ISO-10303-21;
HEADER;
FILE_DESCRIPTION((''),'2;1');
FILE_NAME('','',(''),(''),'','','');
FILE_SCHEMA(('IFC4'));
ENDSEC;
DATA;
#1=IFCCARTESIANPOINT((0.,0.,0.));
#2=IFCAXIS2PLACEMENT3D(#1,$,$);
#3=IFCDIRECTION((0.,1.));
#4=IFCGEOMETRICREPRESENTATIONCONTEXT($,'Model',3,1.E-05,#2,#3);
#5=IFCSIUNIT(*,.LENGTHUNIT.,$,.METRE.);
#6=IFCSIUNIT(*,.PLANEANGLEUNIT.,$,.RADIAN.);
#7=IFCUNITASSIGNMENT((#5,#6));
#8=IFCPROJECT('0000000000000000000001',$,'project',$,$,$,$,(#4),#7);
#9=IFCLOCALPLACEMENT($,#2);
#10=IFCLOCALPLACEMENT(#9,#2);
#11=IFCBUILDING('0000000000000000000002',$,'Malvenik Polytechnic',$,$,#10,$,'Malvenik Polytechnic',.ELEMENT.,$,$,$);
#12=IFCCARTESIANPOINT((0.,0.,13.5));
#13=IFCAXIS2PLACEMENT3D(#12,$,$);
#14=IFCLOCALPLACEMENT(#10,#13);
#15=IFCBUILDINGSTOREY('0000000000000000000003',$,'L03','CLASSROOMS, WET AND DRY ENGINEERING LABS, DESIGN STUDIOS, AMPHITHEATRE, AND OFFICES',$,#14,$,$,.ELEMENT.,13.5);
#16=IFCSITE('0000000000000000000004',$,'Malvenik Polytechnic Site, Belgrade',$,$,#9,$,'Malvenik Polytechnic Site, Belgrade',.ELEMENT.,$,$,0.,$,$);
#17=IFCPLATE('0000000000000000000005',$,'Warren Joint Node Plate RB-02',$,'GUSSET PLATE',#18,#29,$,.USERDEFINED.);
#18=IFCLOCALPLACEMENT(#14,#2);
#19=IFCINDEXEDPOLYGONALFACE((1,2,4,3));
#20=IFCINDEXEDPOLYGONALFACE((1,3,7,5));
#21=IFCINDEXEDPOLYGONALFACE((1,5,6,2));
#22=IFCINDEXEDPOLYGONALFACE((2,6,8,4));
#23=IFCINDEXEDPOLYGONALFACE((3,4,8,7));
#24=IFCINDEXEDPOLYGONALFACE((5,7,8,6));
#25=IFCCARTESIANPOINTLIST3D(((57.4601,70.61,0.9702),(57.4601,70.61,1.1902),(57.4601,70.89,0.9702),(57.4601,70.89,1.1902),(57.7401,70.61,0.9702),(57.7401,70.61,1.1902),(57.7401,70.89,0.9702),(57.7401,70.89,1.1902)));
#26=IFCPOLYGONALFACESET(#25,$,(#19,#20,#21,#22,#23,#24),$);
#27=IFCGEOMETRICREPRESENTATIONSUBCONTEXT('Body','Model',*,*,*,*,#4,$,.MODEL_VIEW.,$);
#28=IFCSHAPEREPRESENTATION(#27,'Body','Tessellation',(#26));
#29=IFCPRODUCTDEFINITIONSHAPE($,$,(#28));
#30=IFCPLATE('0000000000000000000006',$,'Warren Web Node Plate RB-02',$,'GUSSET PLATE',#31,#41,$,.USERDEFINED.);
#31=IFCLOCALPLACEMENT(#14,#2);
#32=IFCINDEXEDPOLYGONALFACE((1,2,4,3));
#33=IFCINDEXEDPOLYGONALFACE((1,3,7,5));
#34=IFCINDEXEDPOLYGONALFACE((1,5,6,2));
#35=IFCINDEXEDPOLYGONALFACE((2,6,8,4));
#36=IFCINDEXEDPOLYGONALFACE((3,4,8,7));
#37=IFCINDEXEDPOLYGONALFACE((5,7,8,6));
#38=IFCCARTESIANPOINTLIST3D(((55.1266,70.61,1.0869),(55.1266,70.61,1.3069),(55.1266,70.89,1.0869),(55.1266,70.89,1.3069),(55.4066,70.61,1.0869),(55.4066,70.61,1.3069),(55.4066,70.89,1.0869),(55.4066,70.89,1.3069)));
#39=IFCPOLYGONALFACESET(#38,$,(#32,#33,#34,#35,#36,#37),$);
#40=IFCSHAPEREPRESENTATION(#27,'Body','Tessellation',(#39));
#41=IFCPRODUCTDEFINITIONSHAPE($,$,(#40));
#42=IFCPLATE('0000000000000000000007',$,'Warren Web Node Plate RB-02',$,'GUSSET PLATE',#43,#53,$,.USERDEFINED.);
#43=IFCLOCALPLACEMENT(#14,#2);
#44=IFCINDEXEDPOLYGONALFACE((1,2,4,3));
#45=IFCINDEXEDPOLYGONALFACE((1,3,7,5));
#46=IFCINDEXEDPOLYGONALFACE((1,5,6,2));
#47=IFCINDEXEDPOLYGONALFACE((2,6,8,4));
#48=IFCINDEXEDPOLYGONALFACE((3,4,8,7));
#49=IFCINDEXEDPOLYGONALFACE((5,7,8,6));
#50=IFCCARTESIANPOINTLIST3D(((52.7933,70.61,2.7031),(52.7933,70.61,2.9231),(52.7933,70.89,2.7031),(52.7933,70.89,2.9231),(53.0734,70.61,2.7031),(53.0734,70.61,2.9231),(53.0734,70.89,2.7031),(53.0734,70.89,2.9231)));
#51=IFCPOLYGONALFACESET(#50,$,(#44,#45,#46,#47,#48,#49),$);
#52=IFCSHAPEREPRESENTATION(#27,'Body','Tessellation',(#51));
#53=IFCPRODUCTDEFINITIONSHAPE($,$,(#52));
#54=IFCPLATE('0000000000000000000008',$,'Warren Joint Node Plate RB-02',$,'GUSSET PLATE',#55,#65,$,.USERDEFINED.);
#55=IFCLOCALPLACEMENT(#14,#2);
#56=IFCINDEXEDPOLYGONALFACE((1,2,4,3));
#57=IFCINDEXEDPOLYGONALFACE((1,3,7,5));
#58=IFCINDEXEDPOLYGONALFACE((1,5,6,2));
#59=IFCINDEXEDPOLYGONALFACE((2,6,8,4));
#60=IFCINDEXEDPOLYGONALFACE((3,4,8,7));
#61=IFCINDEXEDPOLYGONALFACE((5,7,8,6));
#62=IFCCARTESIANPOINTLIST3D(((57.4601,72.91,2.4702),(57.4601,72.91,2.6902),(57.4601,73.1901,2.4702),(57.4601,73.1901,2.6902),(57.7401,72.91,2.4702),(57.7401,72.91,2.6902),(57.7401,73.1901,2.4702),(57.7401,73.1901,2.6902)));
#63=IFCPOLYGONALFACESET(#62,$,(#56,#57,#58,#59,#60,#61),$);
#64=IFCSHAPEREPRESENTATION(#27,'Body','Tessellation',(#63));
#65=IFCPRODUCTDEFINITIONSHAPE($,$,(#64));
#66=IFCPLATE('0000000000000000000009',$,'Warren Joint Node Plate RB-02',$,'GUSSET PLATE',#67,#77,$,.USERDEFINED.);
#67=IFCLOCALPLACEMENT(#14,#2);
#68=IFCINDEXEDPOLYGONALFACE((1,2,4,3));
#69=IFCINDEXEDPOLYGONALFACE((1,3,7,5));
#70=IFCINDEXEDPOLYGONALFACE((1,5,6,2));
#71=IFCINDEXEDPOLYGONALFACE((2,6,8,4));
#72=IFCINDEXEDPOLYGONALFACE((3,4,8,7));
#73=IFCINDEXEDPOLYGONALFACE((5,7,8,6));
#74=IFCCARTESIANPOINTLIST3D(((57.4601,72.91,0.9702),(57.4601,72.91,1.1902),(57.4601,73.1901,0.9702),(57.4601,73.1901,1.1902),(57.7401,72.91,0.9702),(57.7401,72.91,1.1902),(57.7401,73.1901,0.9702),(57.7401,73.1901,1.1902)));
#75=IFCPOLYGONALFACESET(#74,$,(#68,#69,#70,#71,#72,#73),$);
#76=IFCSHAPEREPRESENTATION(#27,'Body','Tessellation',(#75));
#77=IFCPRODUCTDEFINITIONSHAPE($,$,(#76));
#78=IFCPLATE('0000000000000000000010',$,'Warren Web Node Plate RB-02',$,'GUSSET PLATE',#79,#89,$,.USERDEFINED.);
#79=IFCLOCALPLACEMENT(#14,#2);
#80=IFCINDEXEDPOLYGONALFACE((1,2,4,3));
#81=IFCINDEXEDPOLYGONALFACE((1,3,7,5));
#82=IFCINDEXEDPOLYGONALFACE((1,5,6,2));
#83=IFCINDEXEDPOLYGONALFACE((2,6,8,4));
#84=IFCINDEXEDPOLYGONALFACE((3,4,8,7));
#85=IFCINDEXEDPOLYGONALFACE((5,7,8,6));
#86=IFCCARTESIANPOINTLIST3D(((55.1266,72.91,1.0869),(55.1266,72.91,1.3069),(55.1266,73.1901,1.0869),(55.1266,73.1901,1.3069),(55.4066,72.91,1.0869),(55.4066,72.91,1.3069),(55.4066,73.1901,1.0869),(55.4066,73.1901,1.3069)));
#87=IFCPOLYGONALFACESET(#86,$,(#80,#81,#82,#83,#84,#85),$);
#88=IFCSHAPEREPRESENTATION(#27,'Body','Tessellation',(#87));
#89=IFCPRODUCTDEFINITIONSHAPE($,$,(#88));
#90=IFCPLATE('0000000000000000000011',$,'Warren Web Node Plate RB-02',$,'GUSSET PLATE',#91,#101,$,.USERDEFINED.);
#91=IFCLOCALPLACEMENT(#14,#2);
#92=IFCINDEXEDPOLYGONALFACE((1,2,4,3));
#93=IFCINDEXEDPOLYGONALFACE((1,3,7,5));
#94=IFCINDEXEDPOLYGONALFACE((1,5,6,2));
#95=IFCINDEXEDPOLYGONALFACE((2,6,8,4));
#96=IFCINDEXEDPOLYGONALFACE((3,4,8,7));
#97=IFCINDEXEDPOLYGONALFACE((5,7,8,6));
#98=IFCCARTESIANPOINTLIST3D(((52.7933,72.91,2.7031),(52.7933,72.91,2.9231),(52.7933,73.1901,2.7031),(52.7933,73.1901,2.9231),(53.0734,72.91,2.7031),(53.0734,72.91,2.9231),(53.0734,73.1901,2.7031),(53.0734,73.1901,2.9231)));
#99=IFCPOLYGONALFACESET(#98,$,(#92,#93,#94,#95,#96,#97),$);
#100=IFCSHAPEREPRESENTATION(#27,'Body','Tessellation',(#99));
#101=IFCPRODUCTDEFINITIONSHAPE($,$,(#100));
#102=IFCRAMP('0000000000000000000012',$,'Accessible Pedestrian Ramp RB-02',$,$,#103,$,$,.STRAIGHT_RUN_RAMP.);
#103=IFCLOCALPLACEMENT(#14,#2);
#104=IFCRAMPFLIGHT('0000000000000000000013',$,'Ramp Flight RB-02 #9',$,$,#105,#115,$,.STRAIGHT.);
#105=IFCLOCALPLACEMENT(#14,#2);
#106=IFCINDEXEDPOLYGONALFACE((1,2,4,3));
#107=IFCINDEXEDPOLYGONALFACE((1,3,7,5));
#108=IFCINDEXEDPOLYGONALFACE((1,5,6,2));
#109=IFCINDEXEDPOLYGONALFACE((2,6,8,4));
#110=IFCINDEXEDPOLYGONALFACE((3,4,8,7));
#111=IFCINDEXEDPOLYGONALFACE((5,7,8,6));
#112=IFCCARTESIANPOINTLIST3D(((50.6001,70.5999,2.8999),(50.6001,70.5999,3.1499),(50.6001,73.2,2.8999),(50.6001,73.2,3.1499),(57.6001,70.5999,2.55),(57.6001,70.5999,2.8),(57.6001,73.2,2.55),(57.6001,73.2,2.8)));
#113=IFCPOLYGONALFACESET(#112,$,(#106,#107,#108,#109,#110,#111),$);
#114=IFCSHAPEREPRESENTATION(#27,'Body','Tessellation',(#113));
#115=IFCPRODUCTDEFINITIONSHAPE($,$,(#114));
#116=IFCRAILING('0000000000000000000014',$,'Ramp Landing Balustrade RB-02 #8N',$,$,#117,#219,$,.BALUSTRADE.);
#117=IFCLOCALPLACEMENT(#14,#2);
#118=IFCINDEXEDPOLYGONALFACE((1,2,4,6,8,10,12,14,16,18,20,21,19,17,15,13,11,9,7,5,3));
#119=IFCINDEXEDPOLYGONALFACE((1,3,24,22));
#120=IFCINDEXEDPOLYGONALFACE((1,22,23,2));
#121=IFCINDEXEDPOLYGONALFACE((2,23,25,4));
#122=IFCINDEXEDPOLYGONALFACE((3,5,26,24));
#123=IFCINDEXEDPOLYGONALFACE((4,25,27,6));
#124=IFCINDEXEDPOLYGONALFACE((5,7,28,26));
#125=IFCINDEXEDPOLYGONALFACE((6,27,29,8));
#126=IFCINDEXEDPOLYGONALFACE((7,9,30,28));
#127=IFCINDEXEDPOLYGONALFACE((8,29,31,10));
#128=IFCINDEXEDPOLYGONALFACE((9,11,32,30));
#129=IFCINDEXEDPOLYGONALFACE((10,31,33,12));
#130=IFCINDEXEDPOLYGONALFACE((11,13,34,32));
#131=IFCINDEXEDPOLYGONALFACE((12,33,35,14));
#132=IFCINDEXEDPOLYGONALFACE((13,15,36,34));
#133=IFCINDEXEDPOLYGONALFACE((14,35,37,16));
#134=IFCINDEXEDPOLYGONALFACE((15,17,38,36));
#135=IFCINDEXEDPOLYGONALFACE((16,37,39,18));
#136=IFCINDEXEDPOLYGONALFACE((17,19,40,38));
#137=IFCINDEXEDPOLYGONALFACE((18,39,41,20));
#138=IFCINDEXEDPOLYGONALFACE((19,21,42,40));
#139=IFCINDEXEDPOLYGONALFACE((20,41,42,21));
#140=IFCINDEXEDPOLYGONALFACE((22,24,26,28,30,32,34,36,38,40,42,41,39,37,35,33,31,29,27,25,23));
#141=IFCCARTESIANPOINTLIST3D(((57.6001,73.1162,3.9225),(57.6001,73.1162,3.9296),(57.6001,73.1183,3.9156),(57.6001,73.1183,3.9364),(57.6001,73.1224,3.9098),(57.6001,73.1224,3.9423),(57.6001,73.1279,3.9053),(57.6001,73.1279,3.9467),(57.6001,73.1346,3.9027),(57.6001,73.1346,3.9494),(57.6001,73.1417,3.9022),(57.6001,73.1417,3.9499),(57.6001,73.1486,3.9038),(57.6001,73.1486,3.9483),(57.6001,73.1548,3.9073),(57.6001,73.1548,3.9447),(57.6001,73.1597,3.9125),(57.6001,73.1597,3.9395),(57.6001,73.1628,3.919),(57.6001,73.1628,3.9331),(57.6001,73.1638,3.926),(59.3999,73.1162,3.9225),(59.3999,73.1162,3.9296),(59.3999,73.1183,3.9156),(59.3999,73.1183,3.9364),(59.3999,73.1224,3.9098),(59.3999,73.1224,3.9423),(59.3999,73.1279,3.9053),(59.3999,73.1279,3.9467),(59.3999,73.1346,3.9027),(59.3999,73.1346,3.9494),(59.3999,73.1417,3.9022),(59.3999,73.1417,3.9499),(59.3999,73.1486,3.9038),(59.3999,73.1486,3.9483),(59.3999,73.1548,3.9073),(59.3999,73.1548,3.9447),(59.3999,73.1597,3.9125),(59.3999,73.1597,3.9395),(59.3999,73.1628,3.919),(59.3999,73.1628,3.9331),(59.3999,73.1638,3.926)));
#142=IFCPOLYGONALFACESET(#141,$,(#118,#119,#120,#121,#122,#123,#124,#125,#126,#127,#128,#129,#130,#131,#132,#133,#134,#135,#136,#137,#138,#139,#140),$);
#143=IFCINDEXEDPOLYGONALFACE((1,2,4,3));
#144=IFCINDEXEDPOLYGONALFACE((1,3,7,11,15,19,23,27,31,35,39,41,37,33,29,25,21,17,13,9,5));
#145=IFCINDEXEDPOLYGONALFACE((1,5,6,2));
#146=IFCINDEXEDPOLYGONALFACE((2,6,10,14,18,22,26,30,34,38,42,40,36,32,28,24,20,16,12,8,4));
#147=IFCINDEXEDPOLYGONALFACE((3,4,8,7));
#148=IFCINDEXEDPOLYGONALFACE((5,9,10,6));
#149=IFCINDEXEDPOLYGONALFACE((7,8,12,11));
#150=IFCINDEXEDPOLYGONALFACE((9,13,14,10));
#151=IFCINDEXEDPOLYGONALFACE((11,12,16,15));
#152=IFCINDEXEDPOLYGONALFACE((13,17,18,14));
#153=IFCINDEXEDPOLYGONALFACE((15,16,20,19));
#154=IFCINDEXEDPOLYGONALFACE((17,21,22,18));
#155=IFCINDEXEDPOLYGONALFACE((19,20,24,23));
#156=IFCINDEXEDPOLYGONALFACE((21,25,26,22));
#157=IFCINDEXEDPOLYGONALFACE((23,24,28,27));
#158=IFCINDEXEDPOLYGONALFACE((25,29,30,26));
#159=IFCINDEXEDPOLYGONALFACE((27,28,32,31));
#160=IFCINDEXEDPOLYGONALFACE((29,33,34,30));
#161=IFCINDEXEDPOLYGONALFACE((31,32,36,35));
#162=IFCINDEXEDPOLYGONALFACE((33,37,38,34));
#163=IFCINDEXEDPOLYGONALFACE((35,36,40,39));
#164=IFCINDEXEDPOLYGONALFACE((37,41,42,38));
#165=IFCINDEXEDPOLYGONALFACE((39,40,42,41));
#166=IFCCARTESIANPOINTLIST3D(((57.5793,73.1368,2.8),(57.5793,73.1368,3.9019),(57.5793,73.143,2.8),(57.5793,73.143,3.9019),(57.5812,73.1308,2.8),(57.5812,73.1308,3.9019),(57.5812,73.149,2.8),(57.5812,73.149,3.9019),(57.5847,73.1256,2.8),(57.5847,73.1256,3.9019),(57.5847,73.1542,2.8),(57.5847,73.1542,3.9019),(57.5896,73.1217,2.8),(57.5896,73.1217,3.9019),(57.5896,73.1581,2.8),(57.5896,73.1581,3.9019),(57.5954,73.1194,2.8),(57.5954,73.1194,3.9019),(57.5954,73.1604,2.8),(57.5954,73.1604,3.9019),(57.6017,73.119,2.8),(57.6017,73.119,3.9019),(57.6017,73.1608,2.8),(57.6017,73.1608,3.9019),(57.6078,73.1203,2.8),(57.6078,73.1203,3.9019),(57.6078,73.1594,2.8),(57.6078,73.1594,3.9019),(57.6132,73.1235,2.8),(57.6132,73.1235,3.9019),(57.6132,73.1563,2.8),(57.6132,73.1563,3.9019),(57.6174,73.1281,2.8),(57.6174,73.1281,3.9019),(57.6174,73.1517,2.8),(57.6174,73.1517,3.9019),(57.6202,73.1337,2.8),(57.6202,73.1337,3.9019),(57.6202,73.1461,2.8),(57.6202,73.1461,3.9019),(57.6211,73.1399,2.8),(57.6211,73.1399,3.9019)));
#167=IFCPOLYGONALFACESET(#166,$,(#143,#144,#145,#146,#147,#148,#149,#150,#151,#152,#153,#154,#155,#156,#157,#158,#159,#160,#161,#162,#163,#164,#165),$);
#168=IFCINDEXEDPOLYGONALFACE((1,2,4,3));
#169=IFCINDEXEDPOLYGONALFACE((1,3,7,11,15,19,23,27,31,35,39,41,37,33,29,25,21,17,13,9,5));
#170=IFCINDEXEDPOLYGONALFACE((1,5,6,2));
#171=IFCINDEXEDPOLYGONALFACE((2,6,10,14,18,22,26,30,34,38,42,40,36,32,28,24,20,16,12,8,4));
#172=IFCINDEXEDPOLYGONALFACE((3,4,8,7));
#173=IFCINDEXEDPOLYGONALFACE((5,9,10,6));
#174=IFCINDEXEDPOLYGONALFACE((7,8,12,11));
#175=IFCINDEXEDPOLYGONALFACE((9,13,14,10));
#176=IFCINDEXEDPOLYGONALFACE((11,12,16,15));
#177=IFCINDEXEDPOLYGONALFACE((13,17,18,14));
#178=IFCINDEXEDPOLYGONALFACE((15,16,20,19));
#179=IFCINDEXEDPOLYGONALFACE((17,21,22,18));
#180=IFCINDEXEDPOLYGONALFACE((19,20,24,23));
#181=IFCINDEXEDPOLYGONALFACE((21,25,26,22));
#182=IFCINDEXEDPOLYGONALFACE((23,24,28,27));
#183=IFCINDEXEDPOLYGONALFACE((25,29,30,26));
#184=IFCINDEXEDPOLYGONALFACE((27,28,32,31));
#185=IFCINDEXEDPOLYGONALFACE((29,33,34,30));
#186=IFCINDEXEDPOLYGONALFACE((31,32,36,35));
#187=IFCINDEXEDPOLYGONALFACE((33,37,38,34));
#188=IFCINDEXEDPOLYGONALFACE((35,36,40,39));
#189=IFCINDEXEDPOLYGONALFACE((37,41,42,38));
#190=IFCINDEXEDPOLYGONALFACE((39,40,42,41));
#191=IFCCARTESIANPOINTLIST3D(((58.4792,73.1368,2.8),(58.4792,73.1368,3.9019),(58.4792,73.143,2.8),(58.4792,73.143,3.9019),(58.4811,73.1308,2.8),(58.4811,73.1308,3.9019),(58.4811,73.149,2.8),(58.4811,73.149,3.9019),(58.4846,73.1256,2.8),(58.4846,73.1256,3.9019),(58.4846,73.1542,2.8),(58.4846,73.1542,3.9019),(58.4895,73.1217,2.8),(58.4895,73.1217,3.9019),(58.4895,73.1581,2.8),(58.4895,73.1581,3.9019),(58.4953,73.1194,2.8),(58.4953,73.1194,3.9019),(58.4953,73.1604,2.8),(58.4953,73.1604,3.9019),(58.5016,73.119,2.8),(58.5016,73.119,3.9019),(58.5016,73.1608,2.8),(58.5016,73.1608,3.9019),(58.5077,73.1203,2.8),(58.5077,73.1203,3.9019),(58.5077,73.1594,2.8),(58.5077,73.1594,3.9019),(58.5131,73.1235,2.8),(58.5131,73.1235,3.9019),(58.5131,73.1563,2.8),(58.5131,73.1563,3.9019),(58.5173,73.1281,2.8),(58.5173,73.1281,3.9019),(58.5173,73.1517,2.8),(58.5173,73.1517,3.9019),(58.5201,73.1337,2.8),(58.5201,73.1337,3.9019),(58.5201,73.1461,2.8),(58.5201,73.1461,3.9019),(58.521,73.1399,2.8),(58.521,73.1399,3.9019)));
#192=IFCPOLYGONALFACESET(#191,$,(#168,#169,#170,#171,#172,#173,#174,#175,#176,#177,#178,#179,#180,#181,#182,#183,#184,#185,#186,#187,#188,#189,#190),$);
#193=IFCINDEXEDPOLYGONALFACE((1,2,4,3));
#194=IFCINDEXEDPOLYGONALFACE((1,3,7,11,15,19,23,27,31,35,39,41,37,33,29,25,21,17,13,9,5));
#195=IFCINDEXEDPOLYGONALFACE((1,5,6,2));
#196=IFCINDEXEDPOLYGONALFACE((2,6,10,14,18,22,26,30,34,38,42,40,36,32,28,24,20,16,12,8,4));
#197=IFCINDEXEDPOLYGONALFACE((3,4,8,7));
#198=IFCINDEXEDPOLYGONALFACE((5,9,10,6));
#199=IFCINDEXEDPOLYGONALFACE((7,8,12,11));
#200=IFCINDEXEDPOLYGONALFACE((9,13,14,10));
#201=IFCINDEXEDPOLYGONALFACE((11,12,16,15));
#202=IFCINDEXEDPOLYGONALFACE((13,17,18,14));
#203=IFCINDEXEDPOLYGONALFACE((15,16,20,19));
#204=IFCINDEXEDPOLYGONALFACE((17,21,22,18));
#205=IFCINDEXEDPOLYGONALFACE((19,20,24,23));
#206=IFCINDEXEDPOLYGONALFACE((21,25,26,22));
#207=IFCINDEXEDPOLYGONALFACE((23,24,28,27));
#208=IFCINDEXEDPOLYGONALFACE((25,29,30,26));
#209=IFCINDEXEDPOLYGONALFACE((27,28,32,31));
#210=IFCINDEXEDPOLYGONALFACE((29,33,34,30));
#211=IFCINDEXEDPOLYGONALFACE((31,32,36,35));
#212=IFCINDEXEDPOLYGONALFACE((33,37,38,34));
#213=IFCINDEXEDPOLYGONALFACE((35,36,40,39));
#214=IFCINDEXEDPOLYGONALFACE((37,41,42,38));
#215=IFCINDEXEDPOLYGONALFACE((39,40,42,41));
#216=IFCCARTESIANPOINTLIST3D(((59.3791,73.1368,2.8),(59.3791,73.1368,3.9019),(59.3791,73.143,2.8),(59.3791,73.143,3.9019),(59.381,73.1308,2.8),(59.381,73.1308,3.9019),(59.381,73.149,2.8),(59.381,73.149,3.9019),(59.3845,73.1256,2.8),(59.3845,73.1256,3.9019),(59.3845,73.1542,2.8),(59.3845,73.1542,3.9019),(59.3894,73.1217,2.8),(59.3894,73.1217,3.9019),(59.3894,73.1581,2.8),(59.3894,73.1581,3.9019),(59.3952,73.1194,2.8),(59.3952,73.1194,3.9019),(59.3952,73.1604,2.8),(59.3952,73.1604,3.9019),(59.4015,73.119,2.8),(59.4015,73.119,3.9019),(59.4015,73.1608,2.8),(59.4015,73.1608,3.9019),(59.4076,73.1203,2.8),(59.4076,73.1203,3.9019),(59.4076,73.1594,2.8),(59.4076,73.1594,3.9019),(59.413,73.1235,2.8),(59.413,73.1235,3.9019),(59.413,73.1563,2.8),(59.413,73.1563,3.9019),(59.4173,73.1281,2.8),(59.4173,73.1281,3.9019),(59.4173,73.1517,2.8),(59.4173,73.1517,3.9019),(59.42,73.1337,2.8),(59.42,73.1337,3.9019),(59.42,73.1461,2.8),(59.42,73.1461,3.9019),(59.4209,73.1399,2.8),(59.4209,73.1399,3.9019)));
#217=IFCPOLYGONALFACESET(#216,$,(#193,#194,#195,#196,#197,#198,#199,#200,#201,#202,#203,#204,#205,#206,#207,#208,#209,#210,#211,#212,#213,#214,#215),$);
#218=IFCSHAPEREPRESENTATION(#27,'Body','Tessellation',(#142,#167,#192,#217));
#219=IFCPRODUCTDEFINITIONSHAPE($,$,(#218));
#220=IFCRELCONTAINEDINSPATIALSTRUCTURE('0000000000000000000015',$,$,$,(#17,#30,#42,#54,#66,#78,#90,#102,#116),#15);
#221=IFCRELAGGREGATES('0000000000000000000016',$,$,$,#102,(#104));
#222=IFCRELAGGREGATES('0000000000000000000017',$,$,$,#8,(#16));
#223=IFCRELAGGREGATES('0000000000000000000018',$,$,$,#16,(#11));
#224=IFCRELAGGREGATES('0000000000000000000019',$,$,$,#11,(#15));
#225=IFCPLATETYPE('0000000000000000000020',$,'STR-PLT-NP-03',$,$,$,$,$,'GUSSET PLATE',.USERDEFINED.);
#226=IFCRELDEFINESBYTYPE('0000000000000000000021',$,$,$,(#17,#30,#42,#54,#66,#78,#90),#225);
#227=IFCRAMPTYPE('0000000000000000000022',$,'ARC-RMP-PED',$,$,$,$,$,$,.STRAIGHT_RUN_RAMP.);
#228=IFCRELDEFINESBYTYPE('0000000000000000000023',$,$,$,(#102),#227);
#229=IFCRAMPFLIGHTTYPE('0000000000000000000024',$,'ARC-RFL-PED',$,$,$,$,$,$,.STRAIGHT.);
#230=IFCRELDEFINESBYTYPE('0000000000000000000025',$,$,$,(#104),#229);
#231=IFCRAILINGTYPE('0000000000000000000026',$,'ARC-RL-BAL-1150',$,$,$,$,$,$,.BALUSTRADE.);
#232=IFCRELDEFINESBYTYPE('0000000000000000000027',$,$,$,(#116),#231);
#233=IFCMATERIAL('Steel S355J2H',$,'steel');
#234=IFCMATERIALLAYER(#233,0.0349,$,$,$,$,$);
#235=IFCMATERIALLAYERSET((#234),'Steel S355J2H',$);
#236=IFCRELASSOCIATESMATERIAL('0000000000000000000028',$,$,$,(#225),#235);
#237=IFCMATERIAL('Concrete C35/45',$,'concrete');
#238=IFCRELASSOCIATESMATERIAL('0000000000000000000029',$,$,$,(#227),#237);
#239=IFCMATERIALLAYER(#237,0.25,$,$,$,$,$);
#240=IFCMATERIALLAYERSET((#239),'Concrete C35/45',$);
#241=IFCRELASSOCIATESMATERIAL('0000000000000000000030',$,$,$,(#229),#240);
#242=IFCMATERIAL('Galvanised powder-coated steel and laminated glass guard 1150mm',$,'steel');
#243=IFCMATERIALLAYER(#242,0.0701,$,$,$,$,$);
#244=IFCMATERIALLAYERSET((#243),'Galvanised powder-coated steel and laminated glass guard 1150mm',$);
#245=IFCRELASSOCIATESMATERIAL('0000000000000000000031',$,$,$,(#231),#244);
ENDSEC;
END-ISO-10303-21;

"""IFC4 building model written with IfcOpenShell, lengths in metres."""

from ifc_helpers import new_model, si_unit, direction, frame, origin, origin_2d, place, context, subcontext, project, spatial, polyline, rectangle, circle, outline, extrude, material, layer, layer_set, type_object, element, aggregate, save


model = new_model("IFC4")

# Units and contexts
model_context = context("Model", 3, precision=1e-05, world=origin(), true_north=direction((0.0, 1.0)))
body_context = subcontext(model_context, "Body", "Model", "MODEL_VIEW")
ifc_project = project(units=[si_unit("LENGTHUNIT", "METRE"), si_unit("PLANEANGLEUNIT", "RADIAN")], contexts=[model_context])

# Site, building, storey
site_placement = place(None, origin())
site = spatial("IfcSite", under=ifc_project, at=site_placement, Name="Malvenik Polytechnic Site, Belgrade", LongName="Malvenik Polytechnic Site, Belgrade", CompositionType="ELEMENT", RefElevation=0.0)
building_placement = place(site_placement, origin())
building = spatial("IfcBuilding", under=site, at=building_placement, Name="Malvenik Polytechnic", LongName="Malvenik Polytechnic", CompositionType="ELEMENT")
storey_placement = place(building_placement, frame((0.0, 0.0, 13.5)))
storey = spatial("IfcBuildingStorey", under=building, at=storey_placement, Name="L03", Description="CLASSROOMS, WET AND DRY ENGINEERING LABS, DESIGN STUDIOS, AMPHITHEATRE, AND OFFICES", CompositionType="ELEMENT", Elevation=13.5)

# Shared definitions
ifc_material_1 = material(Name="Steel S355J2H", Category="steel")

# Plates
ifc_layer_1 = layer(ifc_material_1, 0.0349)
ifc_layer_set_1 = layer_set([ifc_layer_1], Name="Steel S355J2H")
plate_type = type_object("IfcPlateType", Name="STR-PLT-NP-03", ElementType="GUSSET PLATE", PredefinedType="USERDEFINED", material=ifc_layer_set_1)
for number, where, z_axis, x_axis, name in (
    (1, (57.6001, 70.75, 0.9702), (0.0, 0.0, 1.0), (1.0, 0.0, 0.0), "Warren Joint Node Plate RB-02"),
    (2, (55.2666, 70.75, 1.0869), (0.0, 0.0, 1.0), (1.0, 0.0, 0.0), "Warren Web Node Plate RB-02"),
    (3, (52.9333, 70.75, 2.7031), (0.0, 0.0, 1.0), (1.0, 0.0, 0.0), "Warren Web Node Plate RB-02"),
    (4, (57.6001, 73.05, 2.4702), (0.0, 0.0, 1.0), (1.0, 0.0, 0.0), "Warren Joint Node Plate RB-02"),
    (5, (57.6001, 73.05, 0.9702), (0.0, 0.0, 1.0), (1.0, 0.0, 0.0), "Warren Joint Node Plate RB-02"),
    (6, (55.2666, 73.05, 1.0869), (0.0, 0.0, 1.0), (1.0, 0.0, 0.0), "Warren Web Node Plate RB-02"),
    (7, (52.9333, 73.05, 2.7031), (0.0, 0.0, 1.0), (1.0, 0.0, 0.0), "Warren Web Node Plate RB-02"),
):
    element("IfcPlate", number, at=place(storey_placement, frame(where, z_axis=z_axis, x_axis=x_axis)), inside=storey, type_object=plate_type, Name=name, ObjectType="GUSSET PLATE", PredefinedType="USERDEFINED", context=body_context, shape_type="SweptSolid", body=[
        extrude(rectangle(XDim=0.28, YDim=0.28, at=origin_2d()), origin(), (0.0, 0.0, 1.0), 0.22),
    ])

# Ramp, ramp flight
ifc_material_2 = material(Name="Concrete C35/45", Category="concrete")
ramp_type = type_object("IfcRampType", Name="ARC-RMP-PED", PredefinedType="STRAIGHT_RUN_RAMP", material=ifc_material_2)
ramp_placement = place(storey_placement, origin())
ramp = element("IfcRamp", 8, at=ramp_placement, inside=storey, type_object=ramp_type, Name="Accessible Pedestrian Ramp RB-02", PredefinedType="STRAIGHT_RUN_RAMP")
ifc_layer_2 = layer(ifc_material_2, 0.25)
ifc_layer_set_2 = layer_set([ifc_layer_2], Name="Concrete C35/45")
ramp_flight_type = type_object("IfcRampFlightType", Name="ARC-RFL-PED", PredefinedType="STRAIGHT", material=ifc_layer_set_2)
ramp_flight_placement = place(storey_placement, frame((57.6001, 71.8999, 2.8), z_axis=(0.0, 0.0, 1.0), x_axis=(-1.0, 0.0, 0.0)))
ramp_flight = element("IfcRampFlight", 9, at=ramp_flight_placement, type_object=ramp_flight_type, Name="Ramp Flight RB-02 #9", PredefinedType="STRAIGHT", context=body_context, shape_type="SweptSolid", body=[
    extrude(outline(polyline([(0.0, -0.25), (7.0, 0.0999), (7.0, 0.3499), (0.0, 0.0), (0.0, -0.25)])), frame((0.0, 1.3, 0.0), z_axis=(0.0, -1.0, 0.0), x_axis=(1.0, 0.0, 0.0)), (0.0, 0.0, 1.0), 2.6001),
])
aggregate(ramp, [ramp_flight])

# Railing
ifc_material_3 = material(Name="Galvanised powder-coated steel and laminated glass guard 1150mm", Category="steel")
ifc_layer_3 = layer(ifc_material_3, 0.0701)
ifc_layer_set_3 = layer_set([ifc_layer_3], Name="Galvanised powder-coated steel and laminated glass guard 1150mm")
railing_type = type_object("IfcRailingType", Name="ARC-RL-BAL-1150", PredefinedType="BALUSTRADE", material=ifc_layer_set_3)
railing_placement = place(storey_placement, frame((57.6001, 73.1399, 2.8)))
element("IfcRailing", 10, at=railing_placement, inside=storey, type_object=railing_type, Name="Ramp Landing Balustrade RB-02 #8N", PredefinedType="BALUSTRADE", context=body_context, shape_type="SweptSolid", body=[
    extrude(circle(Radius=0.0239, at=origin_2d()), frame((0.0, 0.0, 1.126), z_axis=(1.0, 0.0, 0.0), x_axis=(0.0, 1.0, 0.0)), (0.0, 0.0, 1.0), 1.7998),
    extrude(circle(Radius=0.021, at=origin_2d()), origin(), (0.0, 0.0, 1.0), 1.1018),
    extrude(circle(Radius=0.021, at=origin_2d()), frame((0.8999, 0.0, 0.0)), (0.0, 0.0, 1.0), 1.1018),
    extrude(circle(Radius=0.021, at=origin_2d()), frame((1.7998, 0.0, 0.0)), (0.0, 0.0, 1.0), 1.1018),
])

save(model, "model.ifc")
